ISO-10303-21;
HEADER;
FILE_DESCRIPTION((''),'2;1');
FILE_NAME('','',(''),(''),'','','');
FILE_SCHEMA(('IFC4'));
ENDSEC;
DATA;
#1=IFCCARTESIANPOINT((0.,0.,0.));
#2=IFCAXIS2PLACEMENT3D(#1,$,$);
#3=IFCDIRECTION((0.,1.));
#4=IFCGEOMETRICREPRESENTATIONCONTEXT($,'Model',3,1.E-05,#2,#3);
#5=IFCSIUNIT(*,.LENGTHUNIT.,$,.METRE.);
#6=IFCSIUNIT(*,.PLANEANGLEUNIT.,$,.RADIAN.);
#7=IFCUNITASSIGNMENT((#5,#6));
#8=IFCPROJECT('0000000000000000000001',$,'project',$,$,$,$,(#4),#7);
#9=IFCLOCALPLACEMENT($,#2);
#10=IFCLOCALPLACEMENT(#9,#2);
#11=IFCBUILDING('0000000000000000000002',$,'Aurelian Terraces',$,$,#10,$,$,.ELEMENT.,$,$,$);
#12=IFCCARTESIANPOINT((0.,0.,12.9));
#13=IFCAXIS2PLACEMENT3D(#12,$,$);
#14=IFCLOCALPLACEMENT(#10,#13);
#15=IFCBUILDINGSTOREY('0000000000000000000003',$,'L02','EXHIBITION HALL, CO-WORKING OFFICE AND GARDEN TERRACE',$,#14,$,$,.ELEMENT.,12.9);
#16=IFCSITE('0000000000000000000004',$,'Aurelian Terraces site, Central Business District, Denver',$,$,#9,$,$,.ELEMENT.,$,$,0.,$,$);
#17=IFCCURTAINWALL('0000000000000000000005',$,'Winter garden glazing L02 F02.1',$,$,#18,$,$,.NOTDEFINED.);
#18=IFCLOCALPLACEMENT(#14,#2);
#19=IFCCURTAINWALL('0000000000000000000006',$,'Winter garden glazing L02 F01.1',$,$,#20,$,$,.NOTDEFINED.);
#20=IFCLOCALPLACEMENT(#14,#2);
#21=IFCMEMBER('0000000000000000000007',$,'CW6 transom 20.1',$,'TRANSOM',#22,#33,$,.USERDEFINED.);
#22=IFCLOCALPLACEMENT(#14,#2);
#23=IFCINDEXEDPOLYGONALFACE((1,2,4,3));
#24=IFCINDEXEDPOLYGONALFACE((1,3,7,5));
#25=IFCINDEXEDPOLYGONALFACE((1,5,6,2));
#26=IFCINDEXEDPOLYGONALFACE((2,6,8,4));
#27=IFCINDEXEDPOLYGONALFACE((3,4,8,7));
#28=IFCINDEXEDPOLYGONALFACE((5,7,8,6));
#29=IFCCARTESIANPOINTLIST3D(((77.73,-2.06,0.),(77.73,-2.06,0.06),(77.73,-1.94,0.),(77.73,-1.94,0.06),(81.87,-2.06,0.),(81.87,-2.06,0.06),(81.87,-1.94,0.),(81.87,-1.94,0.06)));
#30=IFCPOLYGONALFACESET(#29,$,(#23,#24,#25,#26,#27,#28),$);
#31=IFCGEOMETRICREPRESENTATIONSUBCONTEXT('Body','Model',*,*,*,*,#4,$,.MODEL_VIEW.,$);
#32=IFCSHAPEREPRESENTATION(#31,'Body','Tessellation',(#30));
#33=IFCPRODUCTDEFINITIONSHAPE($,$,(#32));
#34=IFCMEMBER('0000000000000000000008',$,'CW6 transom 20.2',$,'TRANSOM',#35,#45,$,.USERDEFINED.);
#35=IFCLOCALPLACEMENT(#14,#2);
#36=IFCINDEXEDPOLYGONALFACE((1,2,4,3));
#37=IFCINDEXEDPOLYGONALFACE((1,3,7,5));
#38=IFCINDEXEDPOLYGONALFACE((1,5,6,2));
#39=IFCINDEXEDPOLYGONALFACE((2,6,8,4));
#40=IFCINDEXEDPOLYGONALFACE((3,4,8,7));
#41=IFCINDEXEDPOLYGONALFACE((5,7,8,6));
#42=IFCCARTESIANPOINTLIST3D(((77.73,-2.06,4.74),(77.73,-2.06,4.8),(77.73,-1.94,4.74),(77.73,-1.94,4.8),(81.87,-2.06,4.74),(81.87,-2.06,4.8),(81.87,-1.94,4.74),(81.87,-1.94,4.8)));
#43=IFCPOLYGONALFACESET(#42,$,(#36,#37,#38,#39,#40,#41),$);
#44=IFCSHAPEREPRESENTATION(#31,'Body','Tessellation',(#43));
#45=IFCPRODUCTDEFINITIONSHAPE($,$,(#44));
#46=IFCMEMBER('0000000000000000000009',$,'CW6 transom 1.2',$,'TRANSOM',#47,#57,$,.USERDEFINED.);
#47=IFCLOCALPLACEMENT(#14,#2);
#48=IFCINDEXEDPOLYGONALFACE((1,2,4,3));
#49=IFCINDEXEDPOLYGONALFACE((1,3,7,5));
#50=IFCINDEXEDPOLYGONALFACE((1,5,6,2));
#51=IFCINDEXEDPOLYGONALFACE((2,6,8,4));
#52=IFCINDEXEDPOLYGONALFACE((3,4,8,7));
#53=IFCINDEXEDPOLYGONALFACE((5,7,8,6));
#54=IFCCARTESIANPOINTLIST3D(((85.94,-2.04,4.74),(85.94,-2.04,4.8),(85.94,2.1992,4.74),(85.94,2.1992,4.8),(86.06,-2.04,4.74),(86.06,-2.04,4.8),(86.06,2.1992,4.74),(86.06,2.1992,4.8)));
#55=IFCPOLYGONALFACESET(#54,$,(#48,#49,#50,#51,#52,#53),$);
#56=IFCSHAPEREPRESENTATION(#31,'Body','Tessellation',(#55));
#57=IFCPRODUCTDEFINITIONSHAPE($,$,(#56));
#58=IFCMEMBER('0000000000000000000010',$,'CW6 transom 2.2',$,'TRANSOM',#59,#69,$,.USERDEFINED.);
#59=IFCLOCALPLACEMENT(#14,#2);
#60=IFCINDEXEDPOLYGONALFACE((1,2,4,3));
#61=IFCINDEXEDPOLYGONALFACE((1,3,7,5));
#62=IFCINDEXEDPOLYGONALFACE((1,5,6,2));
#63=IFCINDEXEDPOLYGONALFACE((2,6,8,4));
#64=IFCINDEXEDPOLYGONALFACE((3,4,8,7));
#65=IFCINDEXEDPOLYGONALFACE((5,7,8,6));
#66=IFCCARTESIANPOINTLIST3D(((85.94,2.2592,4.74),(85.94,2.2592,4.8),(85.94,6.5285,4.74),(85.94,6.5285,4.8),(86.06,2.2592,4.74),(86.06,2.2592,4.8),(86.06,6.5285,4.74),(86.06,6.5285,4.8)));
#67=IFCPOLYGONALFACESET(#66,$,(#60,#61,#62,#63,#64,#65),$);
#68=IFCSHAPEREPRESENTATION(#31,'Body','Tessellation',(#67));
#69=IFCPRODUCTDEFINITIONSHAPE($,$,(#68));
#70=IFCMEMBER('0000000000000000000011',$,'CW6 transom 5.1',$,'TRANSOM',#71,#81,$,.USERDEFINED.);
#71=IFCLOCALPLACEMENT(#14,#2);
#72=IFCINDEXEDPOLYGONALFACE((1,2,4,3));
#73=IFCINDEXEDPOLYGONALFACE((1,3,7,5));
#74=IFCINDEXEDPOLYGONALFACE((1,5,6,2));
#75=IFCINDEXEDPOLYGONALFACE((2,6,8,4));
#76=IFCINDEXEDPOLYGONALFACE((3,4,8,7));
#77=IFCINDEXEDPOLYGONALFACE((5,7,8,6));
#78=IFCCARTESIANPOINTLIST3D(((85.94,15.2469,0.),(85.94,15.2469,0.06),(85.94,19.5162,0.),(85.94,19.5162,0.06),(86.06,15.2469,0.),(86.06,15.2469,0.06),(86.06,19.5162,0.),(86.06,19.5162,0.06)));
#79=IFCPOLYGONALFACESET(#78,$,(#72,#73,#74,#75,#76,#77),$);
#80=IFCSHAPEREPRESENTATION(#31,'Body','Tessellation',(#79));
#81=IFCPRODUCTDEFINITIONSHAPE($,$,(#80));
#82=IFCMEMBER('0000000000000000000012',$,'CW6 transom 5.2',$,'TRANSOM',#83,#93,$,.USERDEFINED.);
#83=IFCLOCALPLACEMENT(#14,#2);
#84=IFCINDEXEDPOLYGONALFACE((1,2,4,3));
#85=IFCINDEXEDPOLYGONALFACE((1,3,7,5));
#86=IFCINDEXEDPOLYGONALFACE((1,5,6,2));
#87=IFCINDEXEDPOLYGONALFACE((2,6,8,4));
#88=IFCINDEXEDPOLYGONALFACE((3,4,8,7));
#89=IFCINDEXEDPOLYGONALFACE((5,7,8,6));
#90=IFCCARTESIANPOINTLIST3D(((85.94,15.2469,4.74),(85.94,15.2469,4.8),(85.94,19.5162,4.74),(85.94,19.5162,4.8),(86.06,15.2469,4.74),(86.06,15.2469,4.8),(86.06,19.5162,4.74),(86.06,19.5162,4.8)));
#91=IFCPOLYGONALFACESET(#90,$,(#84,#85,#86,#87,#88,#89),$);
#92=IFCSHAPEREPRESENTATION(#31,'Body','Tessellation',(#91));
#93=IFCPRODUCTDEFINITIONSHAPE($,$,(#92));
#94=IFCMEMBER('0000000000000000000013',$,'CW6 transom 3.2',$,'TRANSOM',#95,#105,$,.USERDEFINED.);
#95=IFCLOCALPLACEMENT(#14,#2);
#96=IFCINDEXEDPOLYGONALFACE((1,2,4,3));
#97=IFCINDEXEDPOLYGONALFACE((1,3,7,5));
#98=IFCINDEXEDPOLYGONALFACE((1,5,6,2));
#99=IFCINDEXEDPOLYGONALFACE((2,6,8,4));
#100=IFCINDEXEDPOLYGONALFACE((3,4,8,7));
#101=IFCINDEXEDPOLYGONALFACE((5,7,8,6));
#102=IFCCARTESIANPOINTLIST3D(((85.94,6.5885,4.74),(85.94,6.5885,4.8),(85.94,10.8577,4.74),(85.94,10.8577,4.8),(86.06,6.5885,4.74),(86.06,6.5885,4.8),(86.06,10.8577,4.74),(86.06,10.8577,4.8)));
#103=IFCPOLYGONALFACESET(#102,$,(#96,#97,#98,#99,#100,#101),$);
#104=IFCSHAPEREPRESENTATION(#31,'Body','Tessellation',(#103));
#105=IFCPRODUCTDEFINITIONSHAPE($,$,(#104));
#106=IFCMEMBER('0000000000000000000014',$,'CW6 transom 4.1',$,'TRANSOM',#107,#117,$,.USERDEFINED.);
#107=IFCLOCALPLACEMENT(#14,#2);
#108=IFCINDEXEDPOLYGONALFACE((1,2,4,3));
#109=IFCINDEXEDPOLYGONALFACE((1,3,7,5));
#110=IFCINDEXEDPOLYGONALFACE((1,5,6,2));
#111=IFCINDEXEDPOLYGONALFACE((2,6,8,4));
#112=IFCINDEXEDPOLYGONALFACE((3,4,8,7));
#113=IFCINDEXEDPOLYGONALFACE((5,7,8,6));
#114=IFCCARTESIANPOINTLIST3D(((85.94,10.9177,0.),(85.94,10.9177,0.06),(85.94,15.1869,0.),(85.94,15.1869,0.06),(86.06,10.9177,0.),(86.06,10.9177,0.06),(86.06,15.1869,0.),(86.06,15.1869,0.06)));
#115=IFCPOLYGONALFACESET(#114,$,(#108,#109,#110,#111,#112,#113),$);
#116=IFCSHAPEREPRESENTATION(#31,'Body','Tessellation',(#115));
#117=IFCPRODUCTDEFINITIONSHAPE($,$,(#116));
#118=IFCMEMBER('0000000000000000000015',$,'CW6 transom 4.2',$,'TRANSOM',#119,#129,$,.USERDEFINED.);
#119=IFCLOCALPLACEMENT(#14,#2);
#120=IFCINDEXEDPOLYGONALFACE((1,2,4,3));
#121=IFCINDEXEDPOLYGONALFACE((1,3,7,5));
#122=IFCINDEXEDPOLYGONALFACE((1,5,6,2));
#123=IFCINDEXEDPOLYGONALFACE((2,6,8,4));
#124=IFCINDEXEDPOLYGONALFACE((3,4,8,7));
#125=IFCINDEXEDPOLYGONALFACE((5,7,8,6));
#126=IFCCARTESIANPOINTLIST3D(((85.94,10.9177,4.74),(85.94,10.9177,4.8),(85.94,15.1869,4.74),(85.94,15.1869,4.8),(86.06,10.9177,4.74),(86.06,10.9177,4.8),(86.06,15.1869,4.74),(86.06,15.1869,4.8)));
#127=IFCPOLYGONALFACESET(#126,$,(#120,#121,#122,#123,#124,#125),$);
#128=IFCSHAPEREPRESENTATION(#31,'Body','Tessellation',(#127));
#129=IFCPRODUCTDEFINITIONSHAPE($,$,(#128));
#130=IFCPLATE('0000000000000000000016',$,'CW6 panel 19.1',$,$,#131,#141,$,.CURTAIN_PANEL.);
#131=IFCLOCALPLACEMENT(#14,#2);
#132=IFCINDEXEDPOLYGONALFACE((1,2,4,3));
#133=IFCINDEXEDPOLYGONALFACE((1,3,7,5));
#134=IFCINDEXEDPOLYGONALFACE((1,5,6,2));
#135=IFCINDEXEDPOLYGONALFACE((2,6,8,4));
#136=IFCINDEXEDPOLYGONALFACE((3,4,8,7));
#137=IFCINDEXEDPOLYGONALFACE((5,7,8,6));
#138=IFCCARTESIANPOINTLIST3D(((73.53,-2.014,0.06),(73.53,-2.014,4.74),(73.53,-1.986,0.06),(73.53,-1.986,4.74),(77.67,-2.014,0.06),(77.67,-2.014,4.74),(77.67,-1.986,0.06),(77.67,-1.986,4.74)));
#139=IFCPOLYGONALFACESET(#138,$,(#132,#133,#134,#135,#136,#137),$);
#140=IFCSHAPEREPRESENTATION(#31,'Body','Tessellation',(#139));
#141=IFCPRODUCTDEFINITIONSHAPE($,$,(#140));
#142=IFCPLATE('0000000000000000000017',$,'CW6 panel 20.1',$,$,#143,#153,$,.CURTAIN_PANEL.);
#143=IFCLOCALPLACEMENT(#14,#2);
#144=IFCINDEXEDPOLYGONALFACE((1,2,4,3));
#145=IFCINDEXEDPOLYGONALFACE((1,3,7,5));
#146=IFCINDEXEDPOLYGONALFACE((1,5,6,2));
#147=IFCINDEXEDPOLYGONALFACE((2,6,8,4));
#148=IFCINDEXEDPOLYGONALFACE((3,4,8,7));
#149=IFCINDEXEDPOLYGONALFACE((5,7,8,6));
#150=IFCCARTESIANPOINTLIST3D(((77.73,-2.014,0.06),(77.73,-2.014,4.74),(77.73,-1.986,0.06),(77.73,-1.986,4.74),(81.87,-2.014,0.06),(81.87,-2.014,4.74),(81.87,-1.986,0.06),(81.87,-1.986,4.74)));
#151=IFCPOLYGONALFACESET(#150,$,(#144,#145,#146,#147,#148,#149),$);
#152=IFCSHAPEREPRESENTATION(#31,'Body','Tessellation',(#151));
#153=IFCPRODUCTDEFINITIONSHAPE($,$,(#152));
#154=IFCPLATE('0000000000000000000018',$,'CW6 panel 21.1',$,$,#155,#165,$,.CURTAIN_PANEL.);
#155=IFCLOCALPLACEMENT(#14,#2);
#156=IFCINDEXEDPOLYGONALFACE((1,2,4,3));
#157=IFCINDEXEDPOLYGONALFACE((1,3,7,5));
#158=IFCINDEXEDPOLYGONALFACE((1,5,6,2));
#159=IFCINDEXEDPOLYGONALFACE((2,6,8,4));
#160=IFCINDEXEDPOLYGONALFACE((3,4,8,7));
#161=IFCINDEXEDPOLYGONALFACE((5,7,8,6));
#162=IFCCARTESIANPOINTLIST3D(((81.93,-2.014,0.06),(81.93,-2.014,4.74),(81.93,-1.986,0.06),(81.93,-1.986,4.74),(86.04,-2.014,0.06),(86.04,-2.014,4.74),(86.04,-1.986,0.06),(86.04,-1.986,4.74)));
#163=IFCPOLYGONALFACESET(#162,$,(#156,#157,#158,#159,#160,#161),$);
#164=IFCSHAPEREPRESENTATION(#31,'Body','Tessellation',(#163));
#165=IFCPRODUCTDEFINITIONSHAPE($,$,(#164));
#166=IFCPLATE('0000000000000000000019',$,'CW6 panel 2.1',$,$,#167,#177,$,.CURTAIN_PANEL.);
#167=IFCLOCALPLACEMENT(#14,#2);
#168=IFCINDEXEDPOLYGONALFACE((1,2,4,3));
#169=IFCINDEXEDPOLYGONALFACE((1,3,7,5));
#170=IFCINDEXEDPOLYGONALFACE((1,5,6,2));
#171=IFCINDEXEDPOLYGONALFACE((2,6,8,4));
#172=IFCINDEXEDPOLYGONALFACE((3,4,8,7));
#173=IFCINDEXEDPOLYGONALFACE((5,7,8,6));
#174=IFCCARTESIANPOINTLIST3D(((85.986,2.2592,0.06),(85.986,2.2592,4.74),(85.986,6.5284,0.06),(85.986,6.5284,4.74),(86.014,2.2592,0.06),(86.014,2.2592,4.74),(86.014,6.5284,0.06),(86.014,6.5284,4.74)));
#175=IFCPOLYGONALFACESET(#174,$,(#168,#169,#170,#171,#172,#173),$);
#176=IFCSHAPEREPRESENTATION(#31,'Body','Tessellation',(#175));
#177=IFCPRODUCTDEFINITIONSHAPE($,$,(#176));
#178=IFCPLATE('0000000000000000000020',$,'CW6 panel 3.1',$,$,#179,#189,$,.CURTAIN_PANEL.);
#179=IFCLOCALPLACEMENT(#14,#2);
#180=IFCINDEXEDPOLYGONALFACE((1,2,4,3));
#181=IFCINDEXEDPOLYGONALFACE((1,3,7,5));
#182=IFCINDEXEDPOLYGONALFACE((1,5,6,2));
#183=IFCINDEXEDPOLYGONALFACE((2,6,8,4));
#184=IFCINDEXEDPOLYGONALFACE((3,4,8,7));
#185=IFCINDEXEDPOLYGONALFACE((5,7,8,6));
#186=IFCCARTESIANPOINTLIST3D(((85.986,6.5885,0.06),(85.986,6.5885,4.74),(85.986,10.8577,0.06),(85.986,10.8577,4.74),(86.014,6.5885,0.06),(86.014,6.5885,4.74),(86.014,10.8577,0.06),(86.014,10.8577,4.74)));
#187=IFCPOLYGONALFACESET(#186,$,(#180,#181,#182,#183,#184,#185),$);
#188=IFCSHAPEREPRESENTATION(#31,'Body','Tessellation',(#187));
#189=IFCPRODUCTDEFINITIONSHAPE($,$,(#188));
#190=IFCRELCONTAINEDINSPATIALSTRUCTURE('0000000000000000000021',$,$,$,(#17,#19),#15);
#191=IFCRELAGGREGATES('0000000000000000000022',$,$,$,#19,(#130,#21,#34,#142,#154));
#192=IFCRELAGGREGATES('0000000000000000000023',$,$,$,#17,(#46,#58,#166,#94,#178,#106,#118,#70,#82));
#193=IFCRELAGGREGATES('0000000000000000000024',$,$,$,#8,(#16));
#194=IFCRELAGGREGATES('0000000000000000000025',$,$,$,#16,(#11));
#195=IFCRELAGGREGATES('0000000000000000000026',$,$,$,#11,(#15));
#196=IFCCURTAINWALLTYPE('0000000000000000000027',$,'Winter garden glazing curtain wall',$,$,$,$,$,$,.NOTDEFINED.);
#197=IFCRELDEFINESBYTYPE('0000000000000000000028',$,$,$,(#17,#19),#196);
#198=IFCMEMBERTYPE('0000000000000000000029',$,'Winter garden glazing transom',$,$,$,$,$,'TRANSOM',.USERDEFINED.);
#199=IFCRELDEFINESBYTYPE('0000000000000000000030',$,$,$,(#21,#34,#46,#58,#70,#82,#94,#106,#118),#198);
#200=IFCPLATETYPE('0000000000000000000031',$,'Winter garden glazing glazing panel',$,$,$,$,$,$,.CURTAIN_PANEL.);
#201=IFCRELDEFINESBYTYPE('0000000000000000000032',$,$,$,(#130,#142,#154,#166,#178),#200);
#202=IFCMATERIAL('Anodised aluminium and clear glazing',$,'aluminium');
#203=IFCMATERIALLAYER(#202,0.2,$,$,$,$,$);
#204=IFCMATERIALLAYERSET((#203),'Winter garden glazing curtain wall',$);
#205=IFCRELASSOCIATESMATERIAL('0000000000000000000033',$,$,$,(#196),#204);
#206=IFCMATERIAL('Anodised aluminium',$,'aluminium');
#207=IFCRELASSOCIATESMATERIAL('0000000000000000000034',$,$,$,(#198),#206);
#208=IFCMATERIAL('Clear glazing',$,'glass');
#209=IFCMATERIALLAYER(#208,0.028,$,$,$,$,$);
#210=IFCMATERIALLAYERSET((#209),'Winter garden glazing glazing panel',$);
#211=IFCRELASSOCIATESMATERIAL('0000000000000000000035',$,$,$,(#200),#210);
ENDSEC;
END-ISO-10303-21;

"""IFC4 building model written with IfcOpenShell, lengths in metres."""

from ifc_helpers import new_model, si_unit, direction, frame, origin, origin_2d, place, context, subcontext, project, spatial, rectangle, extrude, source, transform, mapped, material, layer, layer_set, material_profile, profile_set, type_object, element, aggregate, save


model = new_model("IFC4")

# Units and contexts
model_context = context("Model", 3, precision=1e-05, world=origin(), true_north=direction((0.0, 1.0)))
body_context = subcontext(model_context, "Body", "Model", "MODEL_VIEW")
ifc_project = project(units=[si_unit("LENGTHUNIT", "METRE"), si_unit("PLANEANGLEUNIT", "RADIAN")], contexts=[model_context])

# Site, building, storey
site_placement = place(None, origin())
site = spatial("IfcSite", under=ifc_project, at=site_placement, Name="Aurelian Terraces site, Central Business District, Denver", CompositionType="ELEMENT", RefElevation=0.0)
building_placement = place(site_placement, origin())
building = spatial("IfcBuilding", under=site, at=building_placement, Name="Aurelian Terraces", CompositionType="ELEMENT")
storey_placement = place(building_placement, frame((0.0, 0.0, 12.9)))
storey = spatial("IfcBuildingStorey", under=building, at=storey_placement, Name="L02", Description="EXHIBITION HALL, CO-WORKING OFFICE AND GARDEN TERRACE", CompositionType="ELEMENT", Elevation=12.9)

# Curtain walls
ifc_material_1 = material(Name="Anodised aluminium and clear glazing", Category="aluminium")
ifc_layer_1 = layer(ifc_material_1, 0.2)
ifc_layer_set_1 = layer_set([ifc_layer_1], Name="Winter garden glazing curtain wall")
curtain_wall_type = type_object("IfcCurtainWallType", Name="Winter garden glazing curtain wall", PredefinedType="NOTDEFINED", material=ifc_layer_set_1)
curtain_wall_1_placement = place(storey_placement, origin())
curtain_wall_1 = element("IfcCurtainWall", 1, at=curtain_wall_1_placement, inside=storey, type_object=curtain_wall_type, Name="Winter garden glazing L02 F02.1", PredefinedType="NOTDEFINED")
ifc_material_2 = material(Name="Anodised aluminium", Category="aluminium")
ifc_material_profile_1 = material_profile(ifc_material_2, rectangle(XDim=0.12, YDim=0.06, at=origin_2d()))
ifc_profile_set_1 = profile_set([ifc_material_profile_1], Name="Anodised aluminium")
member_type_1 = type_object("IfcMemberType", Name="Winter garden glazing transom", ElementType="TRANSOM", PredefinedType="USERDEFINED", material=ifc_profile_set_1)
curtain_wall_2_placement = place(storey_placement, origin())
curtain_wall_2 = element("IfcCurtainWall", 2, at=curtain_wall_2_placement, inside=storey, type_object=curtain_wall_type, Name="Winter garden glazing L02 F01.1", PredefinedType="NOTDEFINED")

# Members
shared_shape_1 = source(origin(), body_context, "Body", "SweptSolid", [
    extrude(rectangle(XDim=0.12, YDim=0.06, at=origin_2d()), origin(), (0.0, 0.0, 1.0), 4.14),
])
member_1_placement = place(storey_placement, frame((77.73, -2.0, 0.03), z_axis=(1.0, 0.0, 0.0), x_axis=(0.0, 1.0, 0.0)))
member_1 = element("IfcMember", 3, at=member_1_placement, type_object=member_type_1, Name="CW6 transom 20.1", ObjectType="TRANSOM", PredefinedType="USERDEFINED", context=body_context, shape_type="MappedRepresentation", body=[
    mapped(shared_shape_1, transform((0.0, 0.0, 0.0), scale=1.0)),
])
member_2_placement = place(storey_placement, frame((77.73, -2.0, 4.77), z_axis=(1.0, 0.0, 0.0), x_axis=(0.0, 1.0, 0.0)))
member_2 = element("IfcMember", 4, at=member_2_placement, type_object=member_type_1, Name="CW6 transom 20.2", ObjectType="TRANSOM", PredefinedType="USERDEFINED", context=body_context, shape_type="MappedRepresentation", body=[
    mapped(shared_shape_1, transform((0.0, 0.0, 0.0), scale=1.0)),
])
shared_shape_2 = source(origin(), body_context, "Body", "SweptSolid", [
    extrude(rectangle(XDim=0.12, YDim=0.06, at=origin_2d()), origin(), (0.0, 0.0, 1.0), 4.2392),
])
member_3_placement = place(storey_placement, frame((86.0, -2.04, 4.77), z_axis=(0.0, 1.0, 0.0), x_axis=(-1.0, 0.0, 0.0)))
member_3 = element("IfcMember", 5, at=member_3_placement, type_object=member_type_1, Name="CW6 transom 1.2", ObjectType="TRANSOM", PredefinedType="USERDEFINED", context=body_context, shape_type="MappedRepresentation", body=[
    mapped(shared_shape_2, transform((0.0, 0.0, 0.0), scale=1.0)),
])
shared_shape_3 = source(origin(), body_context, "Body", "SweptSolid", [
    extrude(rectangle(XDim=0.12, YDim=0.06, at=origin_2d()), origin(), (0.0, 0.0, 1.0), 4.2693),
])
member_4_placement = place(storey_placement, frame((86.0, 2.2592, 4.77), z_axis=(0.0, 1.0, 0.0), x_axis=(-1.0, 0.0, 0.0)))
member_4 = element("IfcMember", 6, at=member_4_placement, type_object=member_type_1, Name="CW6 transom 2.2", ObjectType="TRANSOM", PredefinedType="USERDEFINED", context=body_context, shape_type="MappedRepresentation", body=[
    mapped(shared_shape_3, transform((0.0, 0.0, 0.0), scale=1.0)),
])
member_5_placement = place(storey_placement, frame((86.0, 15.2469, 0.03), z_axis=(0.0, 1.0, 0.0), x_axis=(-1.0, 0.0, 0.0)))
member_5 = element("IfcMember", 7, at=member_5_placement, type_object=member_type_1, Name="CW6 transom 5.1", ObjectType="TRANSOM", PredefinedType="USERDEFINED", context=body_context, shape_type="MappedRepresentation", body=[
    mapped(shared_shape_3, transform((0.0, 0.0, 0.0), scale=1.0)),
])
member_6_placement = place(storey_placement, frame((86.0, 15.2469, 4.77), z_axis=(0.0, 1.0, 0.0), x_axis=(-1.0, 0.0, 0.0)))
member_6 = element("IfcMember", 8, at=member_6_placement, type_object=member_type_1, Name="CW6 transom 5.2", ObjectType="TRANSOM", PredefinedType="USERDEFINED", context=body_context, shape_type="MappedRepresentation", body=[
    mapped(shared_shape_3, transform((0.0, 0.0, 0.0), scale=1.0)),
])
shared_shape_4 = source(origin(), body_context, "Body", "SweptSolid", [
    extrude(rectangle(XDim=0.12, YDim=0.06, at=origin_2d()), origin(), (0.0, 0.0, 1.0), 4.2692),
])
member_7_placement = place(storey_placement, frame((86.0, 6.5885, 4.77), z_axis=(0.0, 1.0, 0.0), x_axis=(-1.0, 0.0, 0.0)))
member_7 = element("IfcMember", 9, at=member_7_placement, type_object=member_type_1, Name="CW6 transom 3.2", ObjectType="TRANSOM", PredefinedType="USERDEFINED", context=body_context, shape_type="MappedRepresentation", body=[
    mapped(shared_shape_4, transform((0.0, 0.0, 0.0), scale=1.0)),
])
member_8_placement = place(storey_placement, frame((86.0, 10.9177, 0.03), z_axis=(0.0, 1.0, 0.0), x_axis=(-1.0, 0.0, 0.0)))
member_8 = element("IfcMember", 10, at=member_8_placement, type_object=member_type_1, Name="CW6 transom 4.1", ObjectType="TRANSOM", PredefinedType="USERDEFINED", context=body_context, shape_type="MappedRepresentation", body=[
    mapped(shared_shape_4, transform((0.0, 0.0, 0.0), scale=1.0)),
])
member_9_placement = place(storey_placement, frame((86.0, 10.9177, 4.77), z_axis=(0.0, 1.0, 0.0), x_axis=(-1.0, 0.0, 0.0)))
member_9 = element("IfcMember", 11, at=member_9_placement, type_object=member_type_1, Name="CW6 transom 4.2", ObjectType="TRANSOM", PredefinedType="USERDEFINED", context=body_context, shape_type="MappedRepresentation", body=[
    mapped(shared_shape_4, transform((0.0, 0.0, 0.0), scale=1.0)),
])

# Plates
ifc_material_3 = material(Name="Clear glazing", Category="glass")
ifc_layer_2 = layer(ifc_material_3, 0.028)
ifc_layer_set_2 = layer_set([ifc_layer_2], Name="Winter garden glazing glazing panel")
plate_type = type_object("IfcPlateType", Name="Winter garden glazing glazing panel", PredefinedType="CURTAIN_PANEL", material=ifc_layer_set_2)
shared_shape_5 = source(origin(), body_context, "Body", "SweptSolid", [
    extrude(rectangle(XDim=4.14, YDim=0.028, at=origin_2d()), origin(), (0.0, 0.0, 1.0), 4.68),
])
plate_1_placement = place(storey_placement, frame((75.6, -2.0, 0.06), z_axis=(0.0, 0.0, 1.0), x_axis=(1.0, 0.0, 0.0)))
plate_1 = element("IfcPlate", 12, at=plate_1_placement, type_object=plate_type, Name="CW6 panel 19.1", PredefinedType="CURTAIN_PANEL", context=body_context, shape_type="MappedRepresentation", body=[
    mapped(shared_shape_5, transform((0.0, 0.0, 0.0), scale=1.0)),
])
plate_2_placement = place(storey_placement, frame((79.8, -2.0, 0.06), z_axis=(0.0, 0.0, 1.0), x_axis=(1.0, 0.0, 0.0)))
plate_2 = element("IfcPlate", 13, at=plate_2_placement, type_object=plate_type, Name="CW6 panel 20.1", PredefinedType="CURTAIN_PANEL", context=body_context, shape_type="MappedRepresentation", body=[
    mapped(shared_shape_5, transform((0.0, 0.0, 0.0), scale=1.0)),
])
shared_shape_6 = source(origin(), body_context, "Body", "SweptSolid", [
    extrude(rectangle(XDim=4.11, YDim=0.028, at=origin_2d()), origin(), (0.0, 0.0, 1.0), 4.68),
])
plate_3_placement = place(storey_placement, frame((83.985, -2.0, 0.06), z_axis=(0.0, 0.0, 1.0), x_axis=(1.0, 0.0, 0.0)))
plate_3 = element("IfcPlate", 14, at=plate_3_placement, type_object=plate_type, Name="CW6 panel 21.1", PredefinedType="CURTAIN_PANEL", context=body_context, shape_type="MappedRepresentation", body=[
    mapped(shared_shape_6, transform((0.0, 0.0, 0.0), scale=1.0)),
])
aggregate(curtain_wall_2, [plate_1, member_1, member_2, plate_2, plate_3])
shared_shape_7 = source(origin(), body_context, "Body", "SweptSolid", [
    extrude(rectangle(XDim=4.2692, YDim=0.028, at=origin_2d()), origin(), (0.0, 0.0, 1.0), 4.68),
])
plate_4_placement = place(storey_placement, frame((86.0, 4.3938, 0.06), z_axis=(0.0, 0.0, 1.0), x_axis=(0.0, 1.0, 0.0)))
plate_4 = element("IfcPlate", 15, at=plate_4_placement, type_object=plate_type, Name="CW6 panel 2.1", PredefinedType="CURTAIN_PANEL", context=body_context, shape_type="MappedRepresentation", body=[
    mapped(shared_shape_7, transform((0.0, 0.0, 0.0), scale=1.0)),
])
plate_5_placement = place(storey_placement, frame((86.0, 8.7231, 0.06), z_axis=(0.0, 0.0, 1.0), x_axis=(0.0, 1.0, 0.0)))
plate_5 = element("IfcPlate", 16, at=plate_5_placement, type_object=plate_type, Name="CW6 panel 3.1", PredefinedType="CURTAIN_PANEL", context=body_context, shape_type="MappedRepresentation", body=[
    mapped(shared_shape_7, transform((0.0, 0.0, 0.0), scale=1.0)),
])
aggregate(curtain_wall_1, [member_3, member_4, plate_4, member_7, plate_5, member_8, member_9, member_5, member_6])

save(model, "model.ifc")
